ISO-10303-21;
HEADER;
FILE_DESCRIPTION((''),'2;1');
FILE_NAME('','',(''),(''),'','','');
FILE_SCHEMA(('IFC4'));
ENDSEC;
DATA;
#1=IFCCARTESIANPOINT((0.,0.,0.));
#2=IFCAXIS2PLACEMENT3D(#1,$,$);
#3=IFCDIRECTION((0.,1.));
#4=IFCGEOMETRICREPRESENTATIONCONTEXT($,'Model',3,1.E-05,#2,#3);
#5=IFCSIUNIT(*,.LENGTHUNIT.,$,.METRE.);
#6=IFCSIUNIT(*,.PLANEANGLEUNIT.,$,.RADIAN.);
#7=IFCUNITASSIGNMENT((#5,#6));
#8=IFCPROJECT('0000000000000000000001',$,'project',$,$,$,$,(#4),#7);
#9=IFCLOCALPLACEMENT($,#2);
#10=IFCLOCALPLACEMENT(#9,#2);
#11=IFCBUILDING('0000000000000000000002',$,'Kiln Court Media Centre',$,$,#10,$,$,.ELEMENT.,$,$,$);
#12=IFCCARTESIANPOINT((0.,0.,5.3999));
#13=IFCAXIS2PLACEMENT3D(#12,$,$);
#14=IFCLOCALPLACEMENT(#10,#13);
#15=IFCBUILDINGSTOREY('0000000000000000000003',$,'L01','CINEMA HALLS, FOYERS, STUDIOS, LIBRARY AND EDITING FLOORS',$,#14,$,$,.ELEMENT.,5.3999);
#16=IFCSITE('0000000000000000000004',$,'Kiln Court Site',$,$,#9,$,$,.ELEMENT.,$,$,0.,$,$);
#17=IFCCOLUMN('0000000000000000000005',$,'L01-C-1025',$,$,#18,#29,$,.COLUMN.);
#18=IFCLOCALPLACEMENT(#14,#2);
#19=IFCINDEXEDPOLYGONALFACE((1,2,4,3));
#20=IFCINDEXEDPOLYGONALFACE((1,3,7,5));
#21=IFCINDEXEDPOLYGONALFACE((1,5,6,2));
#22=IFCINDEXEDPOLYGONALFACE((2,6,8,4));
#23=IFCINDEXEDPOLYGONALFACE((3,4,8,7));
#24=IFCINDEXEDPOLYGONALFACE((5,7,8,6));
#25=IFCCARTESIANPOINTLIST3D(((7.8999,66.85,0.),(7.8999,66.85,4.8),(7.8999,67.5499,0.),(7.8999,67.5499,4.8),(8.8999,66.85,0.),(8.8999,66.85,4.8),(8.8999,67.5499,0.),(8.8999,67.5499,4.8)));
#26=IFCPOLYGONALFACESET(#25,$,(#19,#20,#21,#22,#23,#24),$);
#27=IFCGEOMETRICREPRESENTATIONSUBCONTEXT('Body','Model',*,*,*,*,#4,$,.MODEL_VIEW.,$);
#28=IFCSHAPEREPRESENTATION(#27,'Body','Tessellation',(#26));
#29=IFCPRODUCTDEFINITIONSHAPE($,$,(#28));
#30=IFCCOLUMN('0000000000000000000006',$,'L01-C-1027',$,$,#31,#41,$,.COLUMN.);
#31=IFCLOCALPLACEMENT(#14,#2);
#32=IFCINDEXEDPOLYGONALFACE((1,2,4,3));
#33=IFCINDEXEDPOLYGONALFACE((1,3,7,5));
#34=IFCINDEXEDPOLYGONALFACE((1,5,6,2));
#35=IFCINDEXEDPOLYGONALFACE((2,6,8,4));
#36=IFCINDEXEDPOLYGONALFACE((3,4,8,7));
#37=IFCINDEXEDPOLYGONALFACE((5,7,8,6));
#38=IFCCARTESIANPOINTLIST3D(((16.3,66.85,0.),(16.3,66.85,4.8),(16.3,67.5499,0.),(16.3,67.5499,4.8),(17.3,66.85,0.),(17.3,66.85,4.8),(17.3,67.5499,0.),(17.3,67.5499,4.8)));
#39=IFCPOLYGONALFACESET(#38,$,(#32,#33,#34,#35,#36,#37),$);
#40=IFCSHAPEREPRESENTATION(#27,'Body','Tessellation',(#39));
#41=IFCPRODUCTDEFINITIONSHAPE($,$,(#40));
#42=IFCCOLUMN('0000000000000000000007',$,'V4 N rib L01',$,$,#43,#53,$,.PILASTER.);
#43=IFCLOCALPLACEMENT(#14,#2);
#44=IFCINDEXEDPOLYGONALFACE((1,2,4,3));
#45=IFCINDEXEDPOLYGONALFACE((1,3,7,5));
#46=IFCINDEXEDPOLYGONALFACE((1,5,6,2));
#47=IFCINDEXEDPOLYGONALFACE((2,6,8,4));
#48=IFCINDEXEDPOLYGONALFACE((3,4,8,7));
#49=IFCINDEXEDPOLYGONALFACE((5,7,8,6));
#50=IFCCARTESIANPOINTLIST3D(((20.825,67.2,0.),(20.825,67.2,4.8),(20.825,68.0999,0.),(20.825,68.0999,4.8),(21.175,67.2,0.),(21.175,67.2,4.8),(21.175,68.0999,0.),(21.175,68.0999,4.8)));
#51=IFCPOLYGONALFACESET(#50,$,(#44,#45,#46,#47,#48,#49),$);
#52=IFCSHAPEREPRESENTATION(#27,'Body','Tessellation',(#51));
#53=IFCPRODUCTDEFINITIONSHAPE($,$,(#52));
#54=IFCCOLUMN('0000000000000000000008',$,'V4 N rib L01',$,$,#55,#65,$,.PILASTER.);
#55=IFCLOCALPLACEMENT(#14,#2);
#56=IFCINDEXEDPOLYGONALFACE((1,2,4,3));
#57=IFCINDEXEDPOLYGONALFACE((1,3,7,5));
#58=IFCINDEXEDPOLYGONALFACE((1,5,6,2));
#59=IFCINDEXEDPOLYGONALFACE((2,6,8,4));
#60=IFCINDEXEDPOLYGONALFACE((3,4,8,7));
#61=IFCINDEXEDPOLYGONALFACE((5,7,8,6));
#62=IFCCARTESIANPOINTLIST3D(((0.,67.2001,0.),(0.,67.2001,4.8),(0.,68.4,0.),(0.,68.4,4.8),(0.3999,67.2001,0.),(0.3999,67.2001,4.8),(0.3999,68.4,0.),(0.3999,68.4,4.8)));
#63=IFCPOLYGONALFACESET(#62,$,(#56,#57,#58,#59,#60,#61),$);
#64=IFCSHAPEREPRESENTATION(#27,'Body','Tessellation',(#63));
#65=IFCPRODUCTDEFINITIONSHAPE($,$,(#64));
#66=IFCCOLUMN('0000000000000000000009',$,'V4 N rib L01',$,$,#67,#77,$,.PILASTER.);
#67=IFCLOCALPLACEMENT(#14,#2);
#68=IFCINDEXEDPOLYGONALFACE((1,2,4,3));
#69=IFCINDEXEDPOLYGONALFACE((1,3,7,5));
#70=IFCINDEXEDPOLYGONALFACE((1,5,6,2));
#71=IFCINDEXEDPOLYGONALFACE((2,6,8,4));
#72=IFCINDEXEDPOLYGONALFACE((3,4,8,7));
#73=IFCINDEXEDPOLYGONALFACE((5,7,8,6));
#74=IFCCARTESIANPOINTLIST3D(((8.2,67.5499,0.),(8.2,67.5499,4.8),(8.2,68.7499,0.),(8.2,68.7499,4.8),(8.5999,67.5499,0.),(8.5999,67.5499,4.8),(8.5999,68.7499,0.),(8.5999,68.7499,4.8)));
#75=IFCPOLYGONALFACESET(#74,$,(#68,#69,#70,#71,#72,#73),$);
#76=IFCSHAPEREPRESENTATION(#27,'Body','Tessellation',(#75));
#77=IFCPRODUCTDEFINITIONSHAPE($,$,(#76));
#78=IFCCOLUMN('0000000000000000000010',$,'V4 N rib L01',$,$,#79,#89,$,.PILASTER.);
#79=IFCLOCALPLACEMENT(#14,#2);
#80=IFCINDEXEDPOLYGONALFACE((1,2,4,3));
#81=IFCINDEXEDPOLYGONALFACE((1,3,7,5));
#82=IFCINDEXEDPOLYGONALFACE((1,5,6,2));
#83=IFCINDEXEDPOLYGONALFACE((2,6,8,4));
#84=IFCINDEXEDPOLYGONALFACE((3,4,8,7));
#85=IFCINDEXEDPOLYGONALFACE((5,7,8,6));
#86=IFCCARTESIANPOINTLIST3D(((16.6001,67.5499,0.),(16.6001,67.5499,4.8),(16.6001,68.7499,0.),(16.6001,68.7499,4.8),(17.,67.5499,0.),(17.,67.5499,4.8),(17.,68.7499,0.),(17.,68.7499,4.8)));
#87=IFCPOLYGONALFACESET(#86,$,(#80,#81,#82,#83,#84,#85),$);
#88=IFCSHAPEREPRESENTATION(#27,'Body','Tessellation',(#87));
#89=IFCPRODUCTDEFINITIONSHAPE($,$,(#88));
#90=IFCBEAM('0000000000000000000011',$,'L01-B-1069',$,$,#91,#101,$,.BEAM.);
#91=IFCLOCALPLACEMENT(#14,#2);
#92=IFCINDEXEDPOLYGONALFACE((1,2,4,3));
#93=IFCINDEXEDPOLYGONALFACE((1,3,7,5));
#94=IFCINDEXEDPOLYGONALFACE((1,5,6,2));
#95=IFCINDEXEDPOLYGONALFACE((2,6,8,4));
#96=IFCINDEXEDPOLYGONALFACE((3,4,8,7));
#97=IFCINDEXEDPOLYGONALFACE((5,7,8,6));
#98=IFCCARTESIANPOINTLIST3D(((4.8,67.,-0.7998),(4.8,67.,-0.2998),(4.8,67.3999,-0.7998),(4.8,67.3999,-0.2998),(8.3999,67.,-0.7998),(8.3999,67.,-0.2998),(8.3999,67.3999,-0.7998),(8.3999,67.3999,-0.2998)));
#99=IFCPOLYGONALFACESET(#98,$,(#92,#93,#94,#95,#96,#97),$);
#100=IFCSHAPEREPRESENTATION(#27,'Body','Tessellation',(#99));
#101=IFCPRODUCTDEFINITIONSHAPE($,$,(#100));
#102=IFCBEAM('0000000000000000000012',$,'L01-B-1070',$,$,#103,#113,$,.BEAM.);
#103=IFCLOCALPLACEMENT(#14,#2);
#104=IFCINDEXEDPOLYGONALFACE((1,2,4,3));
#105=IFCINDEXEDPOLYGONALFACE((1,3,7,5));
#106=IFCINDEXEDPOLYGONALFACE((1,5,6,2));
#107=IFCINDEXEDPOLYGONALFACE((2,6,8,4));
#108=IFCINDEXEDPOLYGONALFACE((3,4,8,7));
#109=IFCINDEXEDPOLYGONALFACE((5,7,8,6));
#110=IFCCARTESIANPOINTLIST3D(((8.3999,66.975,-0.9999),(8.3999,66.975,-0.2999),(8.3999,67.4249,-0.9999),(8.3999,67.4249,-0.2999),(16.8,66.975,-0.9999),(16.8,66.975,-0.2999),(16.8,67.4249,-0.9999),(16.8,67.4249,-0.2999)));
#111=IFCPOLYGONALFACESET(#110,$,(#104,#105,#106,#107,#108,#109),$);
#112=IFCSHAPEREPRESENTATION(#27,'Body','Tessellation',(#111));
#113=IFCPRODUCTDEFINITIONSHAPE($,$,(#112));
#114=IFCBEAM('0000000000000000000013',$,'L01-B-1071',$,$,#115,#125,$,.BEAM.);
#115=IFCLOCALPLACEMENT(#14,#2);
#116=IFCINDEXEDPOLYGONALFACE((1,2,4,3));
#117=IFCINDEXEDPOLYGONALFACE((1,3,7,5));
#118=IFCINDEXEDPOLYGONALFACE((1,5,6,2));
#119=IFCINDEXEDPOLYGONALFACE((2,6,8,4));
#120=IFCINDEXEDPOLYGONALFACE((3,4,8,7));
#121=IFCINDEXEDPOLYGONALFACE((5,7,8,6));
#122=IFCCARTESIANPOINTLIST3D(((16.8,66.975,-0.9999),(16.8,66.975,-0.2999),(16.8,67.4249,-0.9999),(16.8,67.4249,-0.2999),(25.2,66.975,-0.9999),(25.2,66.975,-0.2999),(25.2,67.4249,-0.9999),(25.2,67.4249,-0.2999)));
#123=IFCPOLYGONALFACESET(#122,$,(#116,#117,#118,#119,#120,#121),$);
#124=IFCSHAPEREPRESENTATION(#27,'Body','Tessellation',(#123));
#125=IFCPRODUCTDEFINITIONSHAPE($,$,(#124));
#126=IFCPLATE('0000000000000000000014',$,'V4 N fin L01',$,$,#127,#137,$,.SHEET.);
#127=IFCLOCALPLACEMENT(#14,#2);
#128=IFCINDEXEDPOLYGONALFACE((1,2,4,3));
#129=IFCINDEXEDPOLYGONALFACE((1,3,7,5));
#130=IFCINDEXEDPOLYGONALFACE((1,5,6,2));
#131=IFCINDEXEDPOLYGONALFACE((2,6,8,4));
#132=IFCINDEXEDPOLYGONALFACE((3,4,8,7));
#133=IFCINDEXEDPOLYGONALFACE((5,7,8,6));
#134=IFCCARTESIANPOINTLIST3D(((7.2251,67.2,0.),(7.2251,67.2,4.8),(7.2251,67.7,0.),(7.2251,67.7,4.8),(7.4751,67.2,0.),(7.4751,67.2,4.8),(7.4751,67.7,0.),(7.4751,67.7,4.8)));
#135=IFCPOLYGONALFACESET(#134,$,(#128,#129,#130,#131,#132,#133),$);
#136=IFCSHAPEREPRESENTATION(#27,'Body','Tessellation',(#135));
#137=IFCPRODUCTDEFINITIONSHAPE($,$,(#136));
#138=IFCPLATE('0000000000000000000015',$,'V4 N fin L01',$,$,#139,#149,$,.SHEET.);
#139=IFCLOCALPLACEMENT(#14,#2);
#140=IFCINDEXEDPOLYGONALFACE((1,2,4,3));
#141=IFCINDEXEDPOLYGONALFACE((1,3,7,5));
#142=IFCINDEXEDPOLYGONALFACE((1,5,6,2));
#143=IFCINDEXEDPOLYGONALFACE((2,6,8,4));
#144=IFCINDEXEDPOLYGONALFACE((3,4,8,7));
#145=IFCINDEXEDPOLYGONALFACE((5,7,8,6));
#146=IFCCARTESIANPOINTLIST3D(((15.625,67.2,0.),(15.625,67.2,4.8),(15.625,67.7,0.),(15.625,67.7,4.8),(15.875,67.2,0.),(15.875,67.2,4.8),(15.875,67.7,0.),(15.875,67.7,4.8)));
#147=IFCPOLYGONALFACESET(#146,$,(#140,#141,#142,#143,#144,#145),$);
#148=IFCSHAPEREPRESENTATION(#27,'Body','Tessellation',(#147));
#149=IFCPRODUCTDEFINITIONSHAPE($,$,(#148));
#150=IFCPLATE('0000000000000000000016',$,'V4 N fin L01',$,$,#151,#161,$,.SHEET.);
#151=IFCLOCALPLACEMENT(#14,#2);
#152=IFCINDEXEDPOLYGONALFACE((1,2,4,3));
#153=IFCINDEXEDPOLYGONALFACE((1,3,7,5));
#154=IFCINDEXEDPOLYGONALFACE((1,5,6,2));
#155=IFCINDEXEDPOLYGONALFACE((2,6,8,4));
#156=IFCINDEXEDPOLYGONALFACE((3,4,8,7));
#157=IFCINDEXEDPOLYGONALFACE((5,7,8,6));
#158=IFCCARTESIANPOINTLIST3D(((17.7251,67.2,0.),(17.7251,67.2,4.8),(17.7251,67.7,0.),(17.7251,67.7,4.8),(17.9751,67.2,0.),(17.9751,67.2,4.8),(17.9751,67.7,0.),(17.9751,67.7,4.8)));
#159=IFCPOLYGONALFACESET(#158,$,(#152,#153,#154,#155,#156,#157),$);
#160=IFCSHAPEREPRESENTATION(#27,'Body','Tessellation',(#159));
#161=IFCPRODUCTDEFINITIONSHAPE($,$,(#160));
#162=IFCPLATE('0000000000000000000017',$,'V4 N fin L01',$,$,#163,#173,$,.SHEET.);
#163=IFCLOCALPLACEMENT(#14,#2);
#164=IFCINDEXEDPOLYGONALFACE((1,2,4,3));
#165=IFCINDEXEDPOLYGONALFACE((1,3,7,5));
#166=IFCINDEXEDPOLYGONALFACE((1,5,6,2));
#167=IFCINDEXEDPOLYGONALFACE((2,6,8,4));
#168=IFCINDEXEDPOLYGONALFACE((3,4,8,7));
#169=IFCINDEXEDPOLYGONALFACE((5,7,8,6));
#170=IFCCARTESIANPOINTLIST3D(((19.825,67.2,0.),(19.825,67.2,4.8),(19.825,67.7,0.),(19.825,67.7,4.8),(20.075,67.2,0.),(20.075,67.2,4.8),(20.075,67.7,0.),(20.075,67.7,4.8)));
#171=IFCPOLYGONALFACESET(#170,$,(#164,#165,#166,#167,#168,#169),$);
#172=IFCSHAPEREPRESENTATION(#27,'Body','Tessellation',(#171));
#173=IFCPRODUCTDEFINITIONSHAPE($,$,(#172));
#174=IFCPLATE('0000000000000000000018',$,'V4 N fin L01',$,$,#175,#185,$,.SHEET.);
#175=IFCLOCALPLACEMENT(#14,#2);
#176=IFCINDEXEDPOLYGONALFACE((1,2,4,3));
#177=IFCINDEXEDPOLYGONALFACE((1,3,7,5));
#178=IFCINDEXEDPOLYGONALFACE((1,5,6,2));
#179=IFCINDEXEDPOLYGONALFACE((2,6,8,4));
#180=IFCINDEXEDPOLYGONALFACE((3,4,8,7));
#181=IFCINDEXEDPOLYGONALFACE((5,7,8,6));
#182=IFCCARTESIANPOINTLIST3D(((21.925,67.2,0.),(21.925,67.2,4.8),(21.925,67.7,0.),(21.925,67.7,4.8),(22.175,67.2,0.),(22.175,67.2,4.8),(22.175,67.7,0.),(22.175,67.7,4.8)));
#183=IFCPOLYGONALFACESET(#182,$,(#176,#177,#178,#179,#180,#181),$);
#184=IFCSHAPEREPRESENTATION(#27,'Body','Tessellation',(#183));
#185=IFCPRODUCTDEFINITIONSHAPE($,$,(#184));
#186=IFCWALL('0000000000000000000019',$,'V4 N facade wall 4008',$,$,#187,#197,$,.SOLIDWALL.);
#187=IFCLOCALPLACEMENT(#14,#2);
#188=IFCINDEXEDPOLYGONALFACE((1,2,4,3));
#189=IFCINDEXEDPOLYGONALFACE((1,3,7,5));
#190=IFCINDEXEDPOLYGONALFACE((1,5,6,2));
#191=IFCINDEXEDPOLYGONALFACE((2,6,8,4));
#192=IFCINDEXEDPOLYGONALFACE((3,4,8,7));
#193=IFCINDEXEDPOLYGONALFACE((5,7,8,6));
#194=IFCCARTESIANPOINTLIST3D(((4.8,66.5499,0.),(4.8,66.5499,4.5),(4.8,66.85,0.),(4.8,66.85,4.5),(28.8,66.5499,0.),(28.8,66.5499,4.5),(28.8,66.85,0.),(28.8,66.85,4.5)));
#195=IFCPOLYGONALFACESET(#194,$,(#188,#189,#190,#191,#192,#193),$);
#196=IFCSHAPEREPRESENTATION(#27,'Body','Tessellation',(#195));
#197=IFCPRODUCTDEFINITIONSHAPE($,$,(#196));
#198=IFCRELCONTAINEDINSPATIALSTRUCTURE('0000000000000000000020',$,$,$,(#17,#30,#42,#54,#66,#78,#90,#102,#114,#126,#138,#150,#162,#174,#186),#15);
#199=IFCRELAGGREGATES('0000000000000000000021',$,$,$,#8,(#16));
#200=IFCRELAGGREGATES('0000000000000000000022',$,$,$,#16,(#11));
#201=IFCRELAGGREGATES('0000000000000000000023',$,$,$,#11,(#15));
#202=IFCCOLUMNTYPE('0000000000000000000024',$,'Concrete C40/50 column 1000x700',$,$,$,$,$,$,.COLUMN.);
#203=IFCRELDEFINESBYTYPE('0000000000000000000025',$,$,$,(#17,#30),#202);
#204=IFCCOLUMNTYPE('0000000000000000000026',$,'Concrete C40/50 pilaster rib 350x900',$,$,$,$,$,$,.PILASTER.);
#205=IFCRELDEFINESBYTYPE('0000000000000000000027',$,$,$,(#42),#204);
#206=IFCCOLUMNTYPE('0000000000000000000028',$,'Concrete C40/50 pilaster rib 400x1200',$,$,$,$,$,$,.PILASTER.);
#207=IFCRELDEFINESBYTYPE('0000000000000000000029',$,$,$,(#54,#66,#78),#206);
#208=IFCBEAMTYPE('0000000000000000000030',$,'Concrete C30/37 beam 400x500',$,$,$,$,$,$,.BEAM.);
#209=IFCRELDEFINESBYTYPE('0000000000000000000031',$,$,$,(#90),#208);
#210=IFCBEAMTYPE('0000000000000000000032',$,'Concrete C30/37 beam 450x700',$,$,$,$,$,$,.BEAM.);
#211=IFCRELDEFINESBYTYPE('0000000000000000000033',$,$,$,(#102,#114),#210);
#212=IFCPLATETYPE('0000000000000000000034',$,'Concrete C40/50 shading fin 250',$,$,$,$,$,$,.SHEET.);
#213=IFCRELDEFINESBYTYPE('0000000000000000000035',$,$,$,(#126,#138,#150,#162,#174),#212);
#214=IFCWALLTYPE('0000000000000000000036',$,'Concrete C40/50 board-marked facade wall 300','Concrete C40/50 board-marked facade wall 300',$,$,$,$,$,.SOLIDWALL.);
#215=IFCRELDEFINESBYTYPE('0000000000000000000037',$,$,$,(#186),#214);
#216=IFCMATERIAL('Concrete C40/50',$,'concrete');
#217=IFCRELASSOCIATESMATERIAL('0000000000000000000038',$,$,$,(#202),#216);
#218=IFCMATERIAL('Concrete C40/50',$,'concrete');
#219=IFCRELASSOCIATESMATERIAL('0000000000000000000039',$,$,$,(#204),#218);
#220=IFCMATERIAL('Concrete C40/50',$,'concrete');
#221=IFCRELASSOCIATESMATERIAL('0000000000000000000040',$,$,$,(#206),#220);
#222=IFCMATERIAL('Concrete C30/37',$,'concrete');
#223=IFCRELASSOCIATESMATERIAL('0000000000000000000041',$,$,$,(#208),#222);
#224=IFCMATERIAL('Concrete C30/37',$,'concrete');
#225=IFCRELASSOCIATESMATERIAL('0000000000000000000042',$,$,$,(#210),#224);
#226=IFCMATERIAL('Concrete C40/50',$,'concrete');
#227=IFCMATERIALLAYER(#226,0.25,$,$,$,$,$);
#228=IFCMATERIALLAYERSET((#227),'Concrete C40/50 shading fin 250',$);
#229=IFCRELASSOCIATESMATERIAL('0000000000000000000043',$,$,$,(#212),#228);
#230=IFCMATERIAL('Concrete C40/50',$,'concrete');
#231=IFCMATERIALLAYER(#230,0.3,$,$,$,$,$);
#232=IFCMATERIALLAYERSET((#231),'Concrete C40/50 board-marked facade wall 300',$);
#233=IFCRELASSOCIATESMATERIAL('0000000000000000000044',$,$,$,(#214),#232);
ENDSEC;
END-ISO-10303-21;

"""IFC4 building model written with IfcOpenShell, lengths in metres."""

from ifc_helpers import new_model, si_unit, direction, frame, frame_2d, origin, origin_2d, place, context, subcontext, project, spatial, rectangle, extrude, material, layer, layer_set, material_profile, profile_set, type_object, element, save


model = new_model("IFC4")

# Units and contexts
model_context = context("Model", 3, precision=1e-05, world=origin(), true_north=direction((0.0, 1.0)))
body_context = subcontext(model_context, "Body", "Model", "MODEL_VIEW")
ifc_project = project(units=[si_unit("LENGTHUNIT", "METRE"), si_unit("PLANEANGLEUNIT", "RADIAN")], contexts=[model_context])

# Site, building, storey
site_placement = place(None, origin())
site = spatial("IfcSite", under=ifc_project, at=site_placement, Name="Kiln Court Site", CompositionType="ELEMENT", RefElevation=0.0)
building_placement = place(site_placement, origin())
building = spatial("IfcBuilding", under=site, at=building_placement, Name="Kiln Court Media Centre", CompositionType="ELEMENT")
storey_placement = place(building_placement, frame((0.0, 0.0, 5.3999)))
storey = spatial("IfcBuildingStorey", under=building, at=storey_placement, Name="L01", Description="CINEMA HALLS, FOYERS, STUDIOS, LIBRARY AND EDITING FLOORS", CompositionType="ELEMENT", Elevation=5.3999)

# Columns
ifc_material_1 = material(Name="Concrete C40/50", Category="concrete")
ifc_material_profile_1 = material_profile(ifc_material_1, rectangle(XDim=1.0, YDim=0.7, at=origin_2d()), Name="RC 1000x700")
ifc_profile_set_1 = profile_set([ifc_material_profile_1], Name="Concrete C40/50")
column_type_1 = type_object("IfcColumnType", Name="Concrete C40/50 column 1000x700", PredefinedType="COLUMN", material=ifc_profile_set_1)
for number, where, z_axis, x_axis, name in (
    (1, (8.3999, 67.2, 0.0), (0.0, 0.0, 1.0), (1.0, 0.0, 0.0), "L01-C-1025"),
    (2, (16.8, 67.2, 0.0), (0.0, 0.0, 1.0), (1.0, 0.0, 0.0), "L01-C-1027"),
):
    element("IfcColumn", number, at=place(storey_placement, frame(where, z_axis=z_axis, x_axis=x_axis)), inside=storey, type_object=column_type_1, Name=name, PredefinedType="COLUMN", context=body_context, shape_type="SweptSolid", body=[
        extrude(rectangle(XDim=1.0, YDim=0.7, at=origin_2d()), origin(), (0.0, 0.0, 1.0), 4.8),
    ])
ifc_material_2 = material(Name="Concrete C40/50", Category="concrete")
ifc_material_profile_2 = material_profile(ifc_material_2, rectangle(XDim=0.3501, YDim=0.8999, at=origin_2d()), Name="RC 350x900")
ifc_profile_set_2 = profile_set([ifc_material_profile_2], Name="Concrete C40/50")
column_type_2 = type_object("IfcColumnType", Name="Concrete C40/50 pilaster rib 350x900", PredefinedType="PILASTER", material=ifc_profile_set_2)
column_placement = place(storey_placement, frame((21.0, 67.6499, 0.0), z_axis=(0.0, 0.0, 1.0), x_axis=(1.0, 0.0, 0.0)))
element("IfcColumn", 3, at=column_placement, inside=storey, type_object=column_type_2, Name="V4 N rib L01", PredefinedType="PILASTER", context=body_context, shape_type="SweptSolid", body=[
    extrude(rectangle(XDim=0.3501, YDim=0.8999, at=origin_2d()), origin(), (0.0, 0.0, 1.0), 4.8),
])
ifc_material_3 = material(Name="Concrete C40/50", Category="concrete")
ifc_material_profile_3 = material_profile(ifc_material_3, rectangle(XDim=0.3999, YDim=1.2, at=origin_2d()), Name="RC 400x1200")
ifc_profile_set_3 = profile_set([ifc_material_profile_3], Name="Concrete C40/50")
column_type_3 = type_object("IfcColumnType", Name="Concrete C40/50 pilaster rib 400x1200", PredefinedType="PILASTER", material=ifc_profile_set_3)
for number, where, z_axis, x_axis, name in (
    (4, (0.2, 67.8, 0.0), (0.0, 0.0, 1.0), (1.0, 0.0, 0.0), "V4 N rib L01"),
    (5, (8.3999, 68.1499, 0.0), (0.0, 0.0, 1.0), (1.0, 0.0, 0.0), "V4 N rib L01"),
    (6, (16.8, 68.1499, 0.0), (0.0, 0.0, 1.0), (1.0, 0.0, 0.0), "V4 N rib L01"),
):
    element("IfcColumn", number, at=place(storey_placement, frame(where, z_axis=z_axis, x_axis=x_axis)), inside=storey, type_object=column_type_3, Name=name, PredefinedType="PILASTER", context=body_context, shape_type="SweptSolid", body=[
        extrude(rectangle(XDim=0.3999, YDim=1.2, at=origin_2d()), origin(), (0.0, 0.0, 1.0), 4.8),
    ])

# Beams
ifc_material_4 = material(Name="Concrete C30/37", Category="concrete")
ifc_material_profile_4 = material_profile(ifc_material_4, rectangle(XDim=0.3999, YDim=0.5, at=origin_2d()), Name="RC 400x500")
ifc_profile_set_4 = profile_set([ifc_material_profile_4], Name="Concrete C30/37")
beam_type_1 = type_object("IfcBeamType", Name="Concrete C30/37 beam 400x500", PredefinedType="BEAM", material=ifc_profile_set_4)
beam_1_placement = place(storey_placement, frame((4.8, 67.2, -0.5498), z_axis=(1.0, 0.0, 0.0), x_axis=(0.0, 1.0, 0.0)))
element("IfcBeam", 7, at=beam_1_placement, inside=storey, type_object=beam_type_1, Name="L01-B-1069", PredefinedType="BEAM", context=body_context, shape_type="SweptSolid", body=[
    extrude(rectangle(XDim=0.3999, YDim=0.5, at=origin_2d()), origin(), (0.0, 0.0, 1.0), 3.5999),
])
ifc_material_5 = material(Name="Concrete C30/37", Category="concrete")
ifc_material_profile_5 = material_profile(ifc_material_5, rectangle(XDim=0.45, YDim=0.7, at=origin_2d()), Name="RC 450x700")
ifc_profile_set_5 = profile_set([ifc_material_profile_5], Name="Concrete C30/37")
beam_type_2 = type_object("IfcBeamType", Name="Concrete C30/37 beam 450x700", PredefinedType="BEAM", material=ifc_profile_set_5)
beam_2_placement = place(storey_placement, frame((8.3999, 67.2, -0.6499), z_axis=(1.0, 0.0, 0.0), x_axis=(0.0, 1.0, 0.0)))
element("IfcBeam", 8, at=beam_2_placement, inside=storey, type_object=beam_type_2, Name="L01-B-1070", PredefinedType="BEAM", context=body_context, shape_type="SweptSolid", body=[
    extrude(rectangle(XDim=0.45, YDim=0.7, at=origin_2d()), origin(), (0.0, 0.0, 1.0), 8.4001),
])
beam_3_placement = place(storey_placement, frame((16.8, 67.2, -0.6499), z_axis=(1.0, 0.0, 0.0), x_axis=(0.0, 1.0, 0.0)))
element("IfcBeam", 9, at=beam_3_placement, inside=storey, type_object=beam_type_2, Name="L01-B-1071", PredefinedType="BEAM", context=body_context, shape_type="SweptSolid", body=[
    extrude(rectangle(XDim=0.45, YDim=0.7, at=origin_2d()), origin(), (0.0, 0.0, 1.0), 8.3999),
])

# Plates
ifc_material_6 = material(Name="Concrete C40/50", Category="concrete")
ifc_layer_1 = layer(ifc_material_6, 0.25)
ifc_layer_set_1 = layer_set([ifc_layer_1], Name="Concrete C40/50 shading fin 250")
plate_type = type_object("IfcPlateType", Name="Concrete C40/50 shading fin 250", PredefinedType="SHEET", material=ifc_layer_set_1)
for number, where, z_axis, x_axis, name in (
    (10, (7.3501, 67.45, 0.0), (0.0, 0.0, 1.0), (1.0, 0.0, 0.0), "V4 N fin L01"),
    (11, (15.75, 67.45, 0.0), (0.0, 0.0, 1.0), (1.0, 0.0, 0.0), "V4 N fin L01"),
    (12, (17.8501, 67.45, 0.0), (0.0, 0.0, 1.0), (1.0, 0.0, 0.0), "V4 N fin L01"),
    (13, (19.95, 67.45, 0.0), (0.0, 0.0, 1.0), (1.0, 0.0, 0.0), "V4 N fin L01"),
    (14, (22.05, 67.45, 0.0), (0.0, 0.0, 1.0), (1.0, 0.0, 0.0), "V4 N fin L01"),
):
    element("IfcPlate", number, at=place(storey_placement, frame(where, z_axis=z_axis, x_axis=x_axis)), inside=storey, type_object=plate_type, Name=name, PredefinedType="SHEET", context=body_context, shape_type="SweptSolid", body=[
        extrude(rectangle(XDim=0.25, YDim=0.5, at=origin_2d()), origin(), (0.0, 0.0, 1.0), 4.8),
    ])

# Wall
ifc_material_7 = material(Name="Concrete C40/50", Category="concrete")
ifc_layer_2 = layer(ifc_material_7, 0.3)
ifc_layer_set_2 = layer_set([ifc_layer_2], Name="Concrete C40/50 board-marked facade wall 300")
wall_type_1 = type_object("IfcWallType", Name="Concrete C40/50 board-marked facade wall 300", Description="Concrete C40/50 board-marked facade wall 300", PredefinedType="SOLIDWALL", material=ifc_layer_set_2)
wall_1_placement = place(storey_placement, frame((4.8, 66.7, 0.0), z_axis=(0.0, 0.0, 1.0), x_axis=(1.0, 0.0, 0.0)))
element("IfcWall", 15, at=wall_1_placement, inside=storey, type_object=wall_type_1, Name="V4 N facade wall 4008", PredefinedType="SOLIDWALL", context=body_context, shape_type="SweptSolid", body=[
    extrude(rectangle(XDim=24.0, YDim=0.3, at=frame_2d((12.0, 0.0))), origin(), (0.0, 0.0, 1.0), 4.5),
])

save(model, "model.ifc")
